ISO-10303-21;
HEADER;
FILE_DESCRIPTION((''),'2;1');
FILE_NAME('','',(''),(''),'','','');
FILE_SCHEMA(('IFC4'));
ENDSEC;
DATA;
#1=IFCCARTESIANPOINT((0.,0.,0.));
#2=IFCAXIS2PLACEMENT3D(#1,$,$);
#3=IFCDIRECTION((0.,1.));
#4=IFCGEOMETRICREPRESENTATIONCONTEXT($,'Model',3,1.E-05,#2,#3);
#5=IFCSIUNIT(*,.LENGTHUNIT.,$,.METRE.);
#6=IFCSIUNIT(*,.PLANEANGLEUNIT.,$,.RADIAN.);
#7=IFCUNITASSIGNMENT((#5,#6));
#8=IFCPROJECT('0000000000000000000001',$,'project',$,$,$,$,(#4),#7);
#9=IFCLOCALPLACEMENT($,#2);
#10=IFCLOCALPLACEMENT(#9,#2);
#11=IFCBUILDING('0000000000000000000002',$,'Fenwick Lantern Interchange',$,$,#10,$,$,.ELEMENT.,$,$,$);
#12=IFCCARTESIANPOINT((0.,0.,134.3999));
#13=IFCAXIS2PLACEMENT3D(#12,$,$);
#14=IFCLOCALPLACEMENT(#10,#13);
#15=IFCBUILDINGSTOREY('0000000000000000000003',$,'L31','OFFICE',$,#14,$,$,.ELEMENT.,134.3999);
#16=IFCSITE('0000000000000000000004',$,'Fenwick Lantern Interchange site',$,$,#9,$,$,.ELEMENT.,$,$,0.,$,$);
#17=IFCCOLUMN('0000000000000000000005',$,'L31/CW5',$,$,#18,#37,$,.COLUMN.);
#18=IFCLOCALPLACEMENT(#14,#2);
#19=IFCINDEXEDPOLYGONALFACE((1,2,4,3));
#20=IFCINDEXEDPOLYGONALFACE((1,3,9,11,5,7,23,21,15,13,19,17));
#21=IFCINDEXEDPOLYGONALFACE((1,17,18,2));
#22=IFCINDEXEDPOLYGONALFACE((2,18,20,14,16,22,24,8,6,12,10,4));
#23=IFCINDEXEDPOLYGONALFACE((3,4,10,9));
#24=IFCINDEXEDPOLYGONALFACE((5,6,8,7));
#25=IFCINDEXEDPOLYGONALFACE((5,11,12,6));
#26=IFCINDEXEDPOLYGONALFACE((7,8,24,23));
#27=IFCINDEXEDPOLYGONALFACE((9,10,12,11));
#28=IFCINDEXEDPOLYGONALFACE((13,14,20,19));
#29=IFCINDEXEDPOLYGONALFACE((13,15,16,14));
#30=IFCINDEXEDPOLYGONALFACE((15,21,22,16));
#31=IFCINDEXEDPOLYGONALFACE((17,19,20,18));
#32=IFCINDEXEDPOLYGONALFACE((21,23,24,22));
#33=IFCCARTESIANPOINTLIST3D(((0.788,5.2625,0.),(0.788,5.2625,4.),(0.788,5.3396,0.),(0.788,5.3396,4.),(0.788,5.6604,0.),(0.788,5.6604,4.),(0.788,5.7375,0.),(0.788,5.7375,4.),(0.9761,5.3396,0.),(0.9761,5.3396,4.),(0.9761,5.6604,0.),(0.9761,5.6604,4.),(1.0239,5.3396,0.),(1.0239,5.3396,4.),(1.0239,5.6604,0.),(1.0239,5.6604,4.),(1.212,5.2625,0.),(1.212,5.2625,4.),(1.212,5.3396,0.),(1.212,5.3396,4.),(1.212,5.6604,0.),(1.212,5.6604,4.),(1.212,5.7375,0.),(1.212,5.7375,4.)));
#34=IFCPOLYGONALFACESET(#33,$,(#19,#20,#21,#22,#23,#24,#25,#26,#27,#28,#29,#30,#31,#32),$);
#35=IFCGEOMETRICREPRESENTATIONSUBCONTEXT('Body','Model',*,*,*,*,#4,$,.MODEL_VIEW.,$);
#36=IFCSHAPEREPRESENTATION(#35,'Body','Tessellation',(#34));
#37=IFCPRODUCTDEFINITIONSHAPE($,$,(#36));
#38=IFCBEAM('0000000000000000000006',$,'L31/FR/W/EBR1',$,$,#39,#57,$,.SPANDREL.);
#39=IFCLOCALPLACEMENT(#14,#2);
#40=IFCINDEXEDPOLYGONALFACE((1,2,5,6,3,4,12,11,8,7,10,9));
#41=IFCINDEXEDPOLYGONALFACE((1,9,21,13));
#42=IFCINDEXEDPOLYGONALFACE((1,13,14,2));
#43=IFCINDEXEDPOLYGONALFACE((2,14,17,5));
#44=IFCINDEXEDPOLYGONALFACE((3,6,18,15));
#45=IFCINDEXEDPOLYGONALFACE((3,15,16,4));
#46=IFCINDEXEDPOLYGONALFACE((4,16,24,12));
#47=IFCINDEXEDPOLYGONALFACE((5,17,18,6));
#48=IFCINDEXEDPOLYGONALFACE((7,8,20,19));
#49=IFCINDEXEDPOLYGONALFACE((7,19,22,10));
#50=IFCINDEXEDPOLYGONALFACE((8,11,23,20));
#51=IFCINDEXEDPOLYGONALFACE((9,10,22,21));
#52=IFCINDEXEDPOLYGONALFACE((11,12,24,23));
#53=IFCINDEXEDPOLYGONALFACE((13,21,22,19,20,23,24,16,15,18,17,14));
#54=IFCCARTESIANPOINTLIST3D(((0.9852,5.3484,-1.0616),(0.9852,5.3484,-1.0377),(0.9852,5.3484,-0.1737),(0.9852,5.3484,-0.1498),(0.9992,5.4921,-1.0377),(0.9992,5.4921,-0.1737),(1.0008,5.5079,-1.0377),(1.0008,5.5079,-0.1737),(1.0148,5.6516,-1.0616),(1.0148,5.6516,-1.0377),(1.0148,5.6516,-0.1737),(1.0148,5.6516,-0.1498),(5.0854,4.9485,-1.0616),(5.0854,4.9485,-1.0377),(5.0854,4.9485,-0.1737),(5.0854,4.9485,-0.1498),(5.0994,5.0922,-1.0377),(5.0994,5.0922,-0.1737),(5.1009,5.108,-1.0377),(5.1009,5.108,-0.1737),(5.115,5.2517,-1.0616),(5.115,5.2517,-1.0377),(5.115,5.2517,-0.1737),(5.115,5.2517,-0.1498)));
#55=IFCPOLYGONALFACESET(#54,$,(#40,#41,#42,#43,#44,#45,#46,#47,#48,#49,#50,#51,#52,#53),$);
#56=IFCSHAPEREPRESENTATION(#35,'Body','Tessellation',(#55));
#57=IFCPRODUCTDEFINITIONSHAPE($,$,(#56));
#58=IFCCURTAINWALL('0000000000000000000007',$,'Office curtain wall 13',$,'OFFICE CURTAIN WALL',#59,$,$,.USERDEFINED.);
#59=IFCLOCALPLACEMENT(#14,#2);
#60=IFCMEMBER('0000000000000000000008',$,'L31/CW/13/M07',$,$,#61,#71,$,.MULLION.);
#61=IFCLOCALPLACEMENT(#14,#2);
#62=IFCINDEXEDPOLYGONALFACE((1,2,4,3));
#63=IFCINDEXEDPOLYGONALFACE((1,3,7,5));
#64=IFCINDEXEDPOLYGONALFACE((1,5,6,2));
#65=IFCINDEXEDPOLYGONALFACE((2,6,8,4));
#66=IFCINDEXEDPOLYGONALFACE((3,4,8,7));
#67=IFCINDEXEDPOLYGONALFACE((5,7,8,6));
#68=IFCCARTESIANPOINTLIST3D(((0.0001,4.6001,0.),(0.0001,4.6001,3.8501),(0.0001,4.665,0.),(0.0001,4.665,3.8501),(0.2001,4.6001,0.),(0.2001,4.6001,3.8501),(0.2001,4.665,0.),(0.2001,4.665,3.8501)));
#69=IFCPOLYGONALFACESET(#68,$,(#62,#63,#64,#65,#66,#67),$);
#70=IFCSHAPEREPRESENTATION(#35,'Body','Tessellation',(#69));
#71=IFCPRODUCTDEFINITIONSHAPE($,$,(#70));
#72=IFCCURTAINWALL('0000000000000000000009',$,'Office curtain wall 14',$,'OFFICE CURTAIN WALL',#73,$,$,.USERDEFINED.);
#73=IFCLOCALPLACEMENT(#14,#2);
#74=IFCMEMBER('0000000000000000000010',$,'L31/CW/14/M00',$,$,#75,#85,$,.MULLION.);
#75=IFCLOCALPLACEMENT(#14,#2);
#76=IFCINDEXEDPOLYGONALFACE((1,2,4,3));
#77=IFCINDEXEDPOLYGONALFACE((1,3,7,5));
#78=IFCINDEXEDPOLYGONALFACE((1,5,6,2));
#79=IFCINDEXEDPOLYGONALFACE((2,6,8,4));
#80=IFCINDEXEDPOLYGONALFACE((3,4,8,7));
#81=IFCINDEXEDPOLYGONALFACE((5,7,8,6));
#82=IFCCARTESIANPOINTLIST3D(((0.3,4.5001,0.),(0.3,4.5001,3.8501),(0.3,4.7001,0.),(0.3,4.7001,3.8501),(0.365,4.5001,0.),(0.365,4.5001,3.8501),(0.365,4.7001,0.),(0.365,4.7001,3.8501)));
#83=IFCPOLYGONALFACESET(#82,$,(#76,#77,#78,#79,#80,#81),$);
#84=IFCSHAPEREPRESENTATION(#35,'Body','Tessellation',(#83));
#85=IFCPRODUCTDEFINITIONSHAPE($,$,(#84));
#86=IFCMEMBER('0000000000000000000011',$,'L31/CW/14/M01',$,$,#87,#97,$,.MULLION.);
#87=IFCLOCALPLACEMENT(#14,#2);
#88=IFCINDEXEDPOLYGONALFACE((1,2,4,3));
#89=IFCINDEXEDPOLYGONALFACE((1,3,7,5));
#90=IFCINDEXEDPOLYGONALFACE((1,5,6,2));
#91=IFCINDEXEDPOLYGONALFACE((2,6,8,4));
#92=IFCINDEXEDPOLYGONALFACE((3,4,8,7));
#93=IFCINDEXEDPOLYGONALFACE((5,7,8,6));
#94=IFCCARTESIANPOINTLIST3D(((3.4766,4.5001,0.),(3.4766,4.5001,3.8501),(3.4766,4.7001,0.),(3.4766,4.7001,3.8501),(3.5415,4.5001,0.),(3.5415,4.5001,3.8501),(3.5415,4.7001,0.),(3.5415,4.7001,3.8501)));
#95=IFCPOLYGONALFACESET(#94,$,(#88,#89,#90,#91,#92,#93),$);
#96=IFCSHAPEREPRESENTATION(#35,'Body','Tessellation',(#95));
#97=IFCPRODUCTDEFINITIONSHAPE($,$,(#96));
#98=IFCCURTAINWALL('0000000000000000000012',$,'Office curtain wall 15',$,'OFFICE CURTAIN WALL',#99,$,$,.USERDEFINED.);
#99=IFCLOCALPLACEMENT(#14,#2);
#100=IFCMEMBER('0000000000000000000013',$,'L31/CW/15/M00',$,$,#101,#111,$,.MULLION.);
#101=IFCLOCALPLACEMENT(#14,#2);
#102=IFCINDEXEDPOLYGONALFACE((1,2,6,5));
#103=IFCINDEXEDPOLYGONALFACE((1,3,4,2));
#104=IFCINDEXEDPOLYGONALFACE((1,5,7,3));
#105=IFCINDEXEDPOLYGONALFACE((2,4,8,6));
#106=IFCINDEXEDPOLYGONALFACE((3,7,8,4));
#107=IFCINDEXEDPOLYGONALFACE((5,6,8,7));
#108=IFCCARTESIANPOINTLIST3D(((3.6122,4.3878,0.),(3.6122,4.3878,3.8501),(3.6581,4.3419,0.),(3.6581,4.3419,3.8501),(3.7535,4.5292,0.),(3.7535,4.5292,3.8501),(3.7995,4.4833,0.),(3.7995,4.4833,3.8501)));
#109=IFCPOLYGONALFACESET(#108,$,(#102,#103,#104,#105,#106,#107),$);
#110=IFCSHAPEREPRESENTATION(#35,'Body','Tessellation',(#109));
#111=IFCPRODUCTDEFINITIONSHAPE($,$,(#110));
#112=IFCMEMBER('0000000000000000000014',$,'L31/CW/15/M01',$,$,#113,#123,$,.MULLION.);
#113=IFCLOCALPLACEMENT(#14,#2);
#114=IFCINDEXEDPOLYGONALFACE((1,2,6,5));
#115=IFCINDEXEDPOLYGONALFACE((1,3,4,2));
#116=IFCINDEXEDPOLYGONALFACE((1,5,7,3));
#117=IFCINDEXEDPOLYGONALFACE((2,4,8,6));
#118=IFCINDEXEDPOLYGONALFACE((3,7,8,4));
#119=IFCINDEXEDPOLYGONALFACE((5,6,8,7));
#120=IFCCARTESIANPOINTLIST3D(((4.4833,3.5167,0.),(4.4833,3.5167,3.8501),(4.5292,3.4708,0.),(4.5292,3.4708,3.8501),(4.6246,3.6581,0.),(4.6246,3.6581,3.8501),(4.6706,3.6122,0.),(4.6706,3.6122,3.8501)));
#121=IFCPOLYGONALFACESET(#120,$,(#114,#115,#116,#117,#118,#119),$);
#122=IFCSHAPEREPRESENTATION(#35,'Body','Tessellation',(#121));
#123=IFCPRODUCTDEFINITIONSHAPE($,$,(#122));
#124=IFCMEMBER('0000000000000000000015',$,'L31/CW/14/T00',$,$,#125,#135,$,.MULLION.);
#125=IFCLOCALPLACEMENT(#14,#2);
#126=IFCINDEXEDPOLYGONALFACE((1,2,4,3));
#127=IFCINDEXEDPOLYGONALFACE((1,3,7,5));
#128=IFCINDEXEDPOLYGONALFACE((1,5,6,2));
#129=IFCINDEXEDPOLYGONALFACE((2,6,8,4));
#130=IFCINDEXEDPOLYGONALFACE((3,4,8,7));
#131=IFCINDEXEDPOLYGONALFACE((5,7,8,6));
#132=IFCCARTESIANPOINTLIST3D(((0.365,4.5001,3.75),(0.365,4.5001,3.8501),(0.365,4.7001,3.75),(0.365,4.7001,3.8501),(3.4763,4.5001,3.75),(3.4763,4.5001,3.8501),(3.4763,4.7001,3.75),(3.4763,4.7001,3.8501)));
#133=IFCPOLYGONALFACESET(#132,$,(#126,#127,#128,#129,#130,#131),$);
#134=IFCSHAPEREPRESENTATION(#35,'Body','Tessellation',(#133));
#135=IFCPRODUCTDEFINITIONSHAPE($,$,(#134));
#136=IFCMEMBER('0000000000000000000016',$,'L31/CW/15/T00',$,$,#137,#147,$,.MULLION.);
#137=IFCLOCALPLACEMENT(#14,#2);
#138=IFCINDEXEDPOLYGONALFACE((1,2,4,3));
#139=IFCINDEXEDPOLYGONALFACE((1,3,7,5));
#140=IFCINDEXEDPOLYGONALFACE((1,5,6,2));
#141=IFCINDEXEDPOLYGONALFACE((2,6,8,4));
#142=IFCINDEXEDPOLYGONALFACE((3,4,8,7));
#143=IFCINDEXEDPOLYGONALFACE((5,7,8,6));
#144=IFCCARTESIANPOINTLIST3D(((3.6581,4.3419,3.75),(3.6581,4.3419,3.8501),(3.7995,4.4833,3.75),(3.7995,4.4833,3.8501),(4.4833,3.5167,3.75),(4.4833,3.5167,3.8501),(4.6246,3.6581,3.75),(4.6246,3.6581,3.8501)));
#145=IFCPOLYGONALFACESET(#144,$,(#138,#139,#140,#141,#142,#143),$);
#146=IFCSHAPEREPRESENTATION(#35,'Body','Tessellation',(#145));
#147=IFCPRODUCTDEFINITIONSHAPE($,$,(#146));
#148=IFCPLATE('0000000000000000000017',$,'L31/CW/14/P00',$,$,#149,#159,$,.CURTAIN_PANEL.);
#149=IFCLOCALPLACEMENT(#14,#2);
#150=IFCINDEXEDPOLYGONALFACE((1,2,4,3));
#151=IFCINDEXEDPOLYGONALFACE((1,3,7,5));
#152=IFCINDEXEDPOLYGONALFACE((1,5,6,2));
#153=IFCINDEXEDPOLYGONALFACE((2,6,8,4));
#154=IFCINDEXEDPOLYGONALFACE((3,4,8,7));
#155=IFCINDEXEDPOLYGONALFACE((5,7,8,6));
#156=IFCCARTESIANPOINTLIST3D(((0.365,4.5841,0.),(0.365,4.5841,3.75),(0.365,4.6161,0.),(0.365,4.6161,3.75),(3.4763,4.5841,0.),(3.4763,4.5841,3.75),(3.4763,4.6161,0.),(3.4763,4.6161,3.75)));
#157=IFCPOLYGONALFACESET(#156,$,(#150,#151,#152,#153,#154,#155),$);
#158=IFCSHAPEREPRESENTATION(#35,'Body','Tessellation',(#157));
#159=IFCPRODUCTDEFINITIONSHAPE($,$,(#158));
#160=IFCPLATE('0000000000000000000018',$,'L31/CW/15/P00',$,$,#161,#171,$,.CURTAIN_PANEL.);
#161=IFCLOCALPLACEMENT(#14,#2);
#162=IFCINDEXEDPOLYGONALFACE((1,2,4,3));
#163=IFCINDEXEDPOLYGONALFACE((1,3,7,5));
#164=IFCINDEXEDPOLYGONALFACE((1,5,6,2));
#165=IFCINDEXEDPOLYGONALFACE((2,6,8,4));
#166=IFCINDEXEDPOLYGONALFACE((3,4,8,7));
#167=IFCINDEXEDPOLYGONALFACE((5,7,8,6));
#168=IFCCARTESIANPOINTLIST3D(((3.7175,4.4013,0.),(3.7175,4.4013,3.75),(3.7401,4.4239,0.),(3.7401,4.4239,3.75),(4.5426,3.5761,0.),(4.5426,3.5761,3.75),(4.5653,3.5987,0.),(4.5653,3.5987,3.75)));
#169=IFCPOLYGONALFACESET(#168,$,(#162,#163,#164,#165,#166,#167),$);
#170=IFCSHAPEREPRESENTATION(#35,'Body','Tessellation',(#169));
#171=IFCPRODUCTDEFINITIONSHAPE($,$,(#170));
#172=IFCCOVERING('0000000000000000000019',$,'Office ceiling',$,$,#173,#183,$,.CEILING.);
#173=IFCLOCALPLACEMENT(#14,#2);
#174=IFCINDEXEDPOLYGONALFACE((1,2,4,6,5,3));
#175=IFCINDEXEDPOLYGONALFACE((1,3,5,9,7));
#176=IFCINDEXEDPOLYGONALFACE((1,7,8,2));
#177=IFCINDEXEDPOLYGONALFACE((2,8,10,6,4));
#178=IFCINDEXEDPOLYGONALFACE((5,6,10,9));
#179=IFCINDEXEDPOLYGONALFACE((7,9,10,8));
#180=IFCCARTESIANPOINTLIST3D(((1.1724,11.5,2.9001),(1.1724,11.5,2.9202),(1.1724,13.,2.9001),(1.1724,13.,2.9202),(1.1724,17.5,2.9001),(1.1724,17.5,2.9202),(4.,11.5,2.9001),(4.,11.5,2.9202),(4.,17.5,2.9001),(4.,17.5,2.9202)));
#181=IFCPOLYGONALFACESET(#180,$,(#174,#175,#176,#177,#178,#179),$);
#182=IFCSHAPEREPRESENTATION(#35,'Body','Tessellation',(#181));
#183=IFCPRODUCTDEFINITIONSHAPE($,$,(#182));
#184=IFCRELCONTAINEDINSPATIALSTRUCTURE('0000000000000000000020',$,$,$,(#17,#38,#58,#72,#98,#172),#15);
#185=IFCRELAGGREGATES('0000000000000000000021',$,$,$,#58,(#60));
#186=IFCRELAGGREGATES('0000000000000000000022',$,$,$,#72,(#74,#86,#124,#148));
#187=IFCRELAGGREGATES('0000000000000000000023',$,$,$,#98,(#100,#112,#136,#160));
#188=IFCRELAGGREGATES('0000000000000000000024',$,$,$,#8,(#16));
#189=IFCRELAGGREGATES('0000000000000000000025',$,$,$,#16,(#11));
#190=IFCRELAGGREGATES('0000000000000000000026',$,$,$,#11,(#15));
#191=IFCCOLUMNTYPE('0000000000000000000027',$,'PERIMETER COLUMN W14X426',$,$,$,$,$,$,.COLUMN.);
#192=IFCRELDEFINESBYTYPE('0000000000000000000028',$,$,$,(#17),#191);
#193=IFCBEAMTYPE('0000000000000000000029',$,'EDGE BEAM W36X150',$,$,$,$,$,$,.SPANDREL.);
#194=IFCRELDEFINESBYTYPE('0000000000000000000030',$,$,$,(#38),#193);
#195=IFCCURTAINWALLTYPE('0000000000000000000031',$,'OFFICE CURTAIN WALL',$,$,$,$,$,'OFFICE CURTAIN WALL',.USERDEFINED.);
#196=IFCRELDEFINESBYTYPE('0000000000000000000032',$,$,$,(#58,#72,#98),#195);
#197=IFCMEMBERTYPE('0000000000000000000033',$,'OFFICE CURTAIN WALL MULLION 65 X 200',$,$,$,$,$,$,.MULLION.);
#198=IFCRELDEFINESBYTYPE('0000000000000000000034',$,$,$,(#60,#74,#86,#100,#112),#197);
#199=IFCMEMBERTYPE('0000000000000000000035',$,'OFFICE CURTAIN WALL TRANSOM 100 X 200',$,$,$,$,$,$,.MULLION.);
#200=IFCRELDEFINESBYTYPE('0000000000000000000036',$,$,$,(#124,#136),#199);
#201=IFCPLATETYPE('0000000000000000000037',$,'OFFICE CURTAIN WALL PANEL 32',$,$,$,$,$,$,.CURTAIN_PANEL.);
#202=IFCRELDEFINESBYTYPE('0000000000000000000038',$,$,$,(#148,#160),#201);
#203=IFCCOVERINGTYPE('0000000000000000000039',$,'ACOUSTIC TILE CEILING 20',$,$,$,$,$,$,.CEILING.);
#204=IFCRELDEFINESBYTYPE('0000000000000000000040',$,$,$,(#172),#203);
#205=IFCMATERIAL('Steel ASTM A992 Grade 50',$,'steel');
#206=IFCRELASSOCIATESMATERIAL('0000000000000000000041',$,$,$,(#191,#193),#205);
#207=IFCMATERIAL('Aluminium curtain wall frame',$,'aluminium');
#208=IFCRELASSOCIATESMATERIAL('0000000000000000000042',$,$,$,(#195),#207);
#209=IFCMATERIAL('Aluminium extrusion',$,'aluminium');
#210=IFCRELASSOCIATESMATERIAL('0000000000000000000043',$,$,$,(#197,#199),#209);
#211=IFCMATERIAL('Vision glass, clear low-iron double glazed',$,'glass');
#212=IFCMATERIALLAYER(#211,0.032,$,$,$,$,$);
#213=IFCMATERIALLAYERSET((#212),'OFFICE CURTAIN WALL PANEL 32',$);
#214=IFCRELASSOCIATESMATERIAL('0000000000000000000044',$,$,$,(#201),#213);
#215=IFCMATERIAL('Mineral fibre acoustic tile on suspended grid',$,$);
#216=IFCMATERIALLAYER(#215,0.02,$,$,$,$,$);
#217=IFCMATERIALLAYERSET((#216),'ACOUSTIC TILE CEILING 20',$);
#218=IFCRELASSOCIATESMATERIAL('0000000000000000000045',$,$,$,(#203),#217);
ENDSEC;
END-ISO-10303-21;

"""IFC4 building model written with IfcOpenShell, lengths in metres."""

from ifc_helpers import new_model, si_unit, direction, frame, origin, origin_2d, place, context, subcontext, project, spatial, polyline, rectangle, i_section, outline, extrude, material, layer, layer_set, material_profile, profile_set, type_object, element, aggregate, save


model = new_model("IFC4")

# Units and contexts
model_context = context("Model", 3, precision=1e-05, world=origin(), true_north=direction((0.0, 1.0)))
body_context = subcontext(model_context, "Body", "Model", "MODEL_VIEW")
ifc_project = project(units=[si_unit("LENGTHUNIT", "METRE"), si_unit("PLANEANGLEUNIT", "RADIAN")], contexts=[model_context])

# Site, building, storey
site_placement = place(None, origin())
site = spatial("IfcSite", under=ifc_project, at=site_placement, Name="Fenwick Lantern Interchange site", CompositionType="ELEMENT", RefElevation=0.0)
building_placement = place(site_placement, origin())
building = spatial("IfcBuilding", under=site, at=building_placement, Name="Fenwick Lantern Interchange", CompositionType="ELEMENT")
storey_placement = place(building_placement, frame((0.0, 0.0, 134.3999)))
storey = spatial("IfcBuildingStorey", under=building, at=storey_placement, Name="L31", Description="OFFICE", CompositionType="ELEMENT", Elevation=134.3999)

# Column
ifc_material_1 = material(Name="Steel ASTM A992 Grade 50", Category="steel")
ifc_material_profile_1 = material_profile(ifc_material_1, i_section(OverallWidth=0.4241, OverallDepth=0.4751, WebThickness=0.0479, FlangeThickness=0.0771, at=origin_2d()), Name="W14X426")
ifc_profile_set_1 = profile_set([ifc_material_profile_1], Name="Steel ASTM A992 Grade 50")
column_type = type_object("IfcColumnType", Name="PERIMETER COLUMN W14X426", PredefinedType="COLUMN", material=ifc_profile_set_1)
column_placement = place(storey_placement, frame((1.0, 5.5, 0.0), z_axis=(0.0, 0.0, 1.0), x_axis=(1.0, 0.0, 0.0)))
element("IfcColumn", 1, at=column_placement, inside=storey, type_object=column_type, Name="L31/CW5", PredefinedType="COLUMN", context=body_context, shape_type="SweptSolid", body=[
    extrude(i_section(OverallWidth=0.4241, OverallDepth=0.4751, WebThickness=0.0479, FlangeThickness=0.0771, at=origin_2d()), origin(), (0.0, 0.0, 1.0), 4.0),
])

# Beam
ifc_material_profile_2 = material_profile(ifc_material_1, i_section(OverallWidth=0.3047, OverallDepth=0.9119, WebThickness=0.0159, FlangeThickness=0.0239, at=origin_2d()), Name="W36X150")
ifc_profile_set_2 = profile_set([ifc_material_profile_2], Name="Steel ASTM A992 Grade 50")
beam_type = type_object("IfcBeamType", Name="EDGE BEAM W36X150", PredefinedType="SPANDREL", material=ifc_profile_set_2)
beam_placement = place(storey_placement, frame((1.0, 5.5, -0.6057), z_axis=(0.995277, -0.097074, 0.0), x_axis=(0.097074, 0.995277, 0.0)))
element("IfcBeam", 2, at=beam_placement, inside=storey, type_object=beam_type, Name="L31/FR/W/EBR1", PredefinedType="SPANDREL", context=body_context, shape_type="SweptSolid", body=[
    extrude(i_section(OverallWidth=0.3047, OverallDepth=0.9119, WebThickness=0.0159, FlangeThickness=0.0239, at=origin_2d()), origin(), (0.0, 0.0, 1.0), 4.1196),
])

# Curtain wall, member
ifc_material_2 = material(Name="Aluminium curtain wall frame", Category="aluminium")
curtain_wall_type = type_object("IfcCurtainWallType", Name="OFFICE CURTAIN WALL", ElementType="OFFICE CURTAIN WALL", PredefinedType="USERDEFINED", material=ifc_material_2)
curtain_wall_1_placement = place(storey_placement, origin())
curtain_wall_1 = element("IfcCurtainWall", 3, at=curtain_wall_1_placement, inside=storey, type_object=curtain_wall_type, Name="Office curtain wall 13", ObjectType="OFFICE CURTAIN WALL", PredefinedType="USERDEFINED")
ifc_material_3 = material(Name="Aluminium extrusion", Category="aluminium")
ifc_material_profile_3 = material_profile(ifc_material_3, rectangle(XDim=0.2, YDim=0.0649, at=origin_2d()), Name="OFFICE CURTAIN WALL MULLION 65 X 200")
ifc_profile_set_3 = profile_set([ifc_material_profile_3], Name="Aluminium extrusion")
member_type_1 = type_object("IfcMemberType", Name="OFFICE CURTAIN WALL MULLION 65 X 200", PredefinedType="MULLION", material=ifc_profile_set_3)
member_1_placement = place(storey_placement, frame((0.1001, 4.6326, 0.0), z_axis=(0.0, 0.0, 1.0), x_axis=(1.0, 0.0, 0.0)))
member_1 = element("IfcMember", 4, at=member_1_placement, type_object=member_type_1, Name="L31/CW/13/M07", PredefinedType="MULLION", context=body_context, shape_type="SweptSolid", body=[
    extrude(rectangle(XDim=0.2, YDim=0.0649, at=origin_2d()), origin(), (0.0, 0.0, 1.0), 3.8501),
])
aggregate(curtain_wall_1, [member_1])

# Curtain walls, members
curtain_wall_2_placement = place(storey_placement, origin())
curtain_wall_2 = element("IfcCurtainWall", 5, at=curtain_wall_2_placement, inside=storey, type_object=curtain_wall_type, Name="Office curtain wall 14", ObjectType="OFFICE CURTAIN WALL", PredefinedType="USERDEFINED")
member_2_placement = place(storey_placement, frame((0.3325, 4.6001, 0.0), z_axis=(0.0, 0.0, 1.0), x_axis=(0.0, 1.0, 0.0)))
member_2 = element("IfcMember", 6, at=member_2_placement, type_object=member_type_1, Name="L31/CW/14/M00", PredefinedType="MULLION", context=body_context, shape_type="SweptSolid", body=[
    extrude(rectangle(XDim=0.2, YDim=0.0649, at=origin_2d()), origin(), (0.0, 0.0, 1.0), 3.8501),
])
member_3_placement = place(storey_placement, frame((3.509, 4.6001, 0.0), z_axis=(0.0, 0.0, 1.0), x_axis=(0.0, 1.0, 0.0)))
member_3 = element("IfcMember", 7, at=member_3_placement, type_object=member_type_1, Name="L31/CW/14/M01", PredefinedType="MULLION", context=body_context, shape_type="SweptSolid", body=[
    extrude(rectangle(XDim=0.2, YDim=0.0649, at=origin_2d()), origin(), (0.0, 0.0, 1.0), 3.8501),
])
curtain_wall_3_placement = place(storey_placement, origin())
curtain_wall_3 = element("IfcCurtainWall", 8, at=curtain_wall_3_placement, inside=storey, type_object=curtain_wall_type, Name="Office curtain wall 15", ObjectType="OFFICE CURTAIN WALL", PredefinedType="USERDEFINED")
member_4_placement = place(storey_placement, frame((3.7058, 4.4355, 0.0), z_axis=(0.0, 0.0, 1.0), x_axis=(0.707107, 0.707107, 0.0)))
member_4 = element("IfcMember", 9, at=member_4_placement, type_object=member_type_1, Name="L31/CW/15/M00", PredefinedType="MULLION", context=body_context, shape_type="SweptSolid", body=[
    extrude(rectangle(XDim=0.2, YDim=0.0649, at=origin_2d()), origin(), (0.0, 0.0, 1.0), 3.8501),
])
member_5_placement = place(storey_placement, frame((4.5769, 3.5645, 0.0), z_axis=(0.0, 0.0, 1.0), x_axis=(0.707107, 0.707107, 0.0)))
member_5 = element("IfcMember", 10, at=member_5_placement, type_object=member_type_1, Name="L31/CW/15/M01", PredefinedType="MULLION", context=body_context, shape_type="SweptSolid", body=[
    extrude(rectangle(XDim=0.2, YDim=0.0649, at=origin_2d()), origin(), (0.0, 0.0, 1.0), 3.8501),
])

# Members
ifc_material_profile_4 = material_profile(ifc_material_3, rectangle(XDim=0.2, YDim=0.1001, at=origin_2d()), Name="OFFICE CURTAIN WALL TRANSOM 100 X 200")
ifc_profile_set_4 = profile_set([ifc_material_profile_4], Name="Aluminium extrusion")
member_type_2 = type_object("IfcMemberType", Name="OFFICE CURTAIN WALL TRANSOM 100 X 200", PredefinedType="MULLION", material=ifc_profile_set_4)
member_6_placement = place(storey_placement, frame((0.365, 4.6001, 3.8), z_axis=(1.0, 0.0, 0.0), x_axis=(0.0, 1.0, 0.0)))
member_6 = element("IfcMember", 11, at=member_6_placement, type_object=member_type_2, Name="L31/CW/14/T00", PredefinedType="MULLION", context=body_context, shape_type="SweptSolid", body=[
    extrude(rectangle(XDim=0.2, YDim=0.1001, at=origin_2d()), origin(), (0.0, 0.0, 1.0), 3.1113),
])
member_7_placement = place(storey_placement, frame((3.7288, 4.4126, 3.8), z_axis=(0.707107, -0.707107, 0.0), x_axis=(0.707107, 0.707107, 0.0)))
member_7 = element("IfcMember", 12, at=member_7_placement, type_object=member_type_2, Name="L31/CW/15/T00", PredefinedType="MULLION", context=body_context, shape_type="SweptSolid", body=[
    extrude(rectangle(XDim=0.2, YDim=0.1001, at=origin_2d()), origin(), (0.0, 0.0, 1.0), 1.167),
])

# Shared definitions
ifc_material_4 = material(Name="Vision glass, clear low-iron double glazed", Category="glass")
ifc_layer_1 = layer(ifc_material_4, 0.032)
ifc_layer_set_1 = layer_set([ifc_layer_1], Name="OFFICE CURTAIN WALL PANEL 32")
plate_type = type_object("IfcPlateType", Name="OFFICE CURTAIN WALL PANEL 32", PredefinedType="CURTAIN_PANEL", material=ifc_layer_set_1)

# Plates
plate_1_placement = place(storey_placement, frame((1.9207, 4.6001, 0.0), z_axis=(0.0, 0.0, 1.0), x_axis=(1.0, 0.0, 0.0)))
plate_1 = element("IfcPlate", 13, at=plate_1_placement, type_object=plate_type, Name="L31/CW/14/P00", PredefinedType="CURTAIN_PANEL", context=body_context, shape_type="SweptSolid", body=[
    extrude(rectangle(XDim=3.1113, YDim=0.032, at=origin_2d()), origin(), (0.0, 0.0, 1.0), 3.75),
])
aggregate(curtain_wall_2, [member_2, member_3, member_6, plate_1])
plate_2_placement = place(storey_placement, frame((4.1414, 4.0, 0.0), z_axis=(0.0, 0.0, 1.0), x_axis=(0.707107, -0.707107, 0.0)))
plate_2 = element("IfcPlate", 14, at=plate_2_placement, type_object=plate_type, Name="L31/CW/15/P00", PredefinedType="CURTAIN_PANEL", context=body_context, shape_type="SweptSolid", body=[
    extrude(rectangle(XDim=1.167, YDim=0.032, at=origin_2d()), origin(), (0.0, 0.0, 1.0), 3.75),
])
aggregate(curtain_wall_3, [member_4, member_5, member_7, plate_2])

# Covering
ifc_material_5 = material(Name="Mineral fibre acoustic tile on suspended grid")
ifc_layer_2 = layer(ifc_material_5, 0.02)
ifc_layer_set_2 = layer_set([ifc_layer_2], Name="ACOUSTIC TILE CEILING 20")
covering_type_1 = type_object("IfcCoveringType", Name="ACOUSTIC TILE CEILING 20", PredefinedType="CEILING", material=ifc_layer_set_2)
covering_1_placement = place(storey_placement, frame((0.0, 0.0, 2.9001)))
element("IfcCovering", 15, at=covering_1_placement, inside=storey, type_object=covering_type_1, Name="Office ceiling", PredefinedType="CEILING", context=body_context, shape_type="SweptSolid", body=[
    extrude(outline(polyline([(4.0, 17.5), (1.1724, 17.5), (1.1724, 13.0), (1.1724, 11.5), (4.0, 11.5), (4.0, 17.5)])), origin(), (0.0, 0.0, 1.0), 0.02),
])

save(model, "model.ifc")
